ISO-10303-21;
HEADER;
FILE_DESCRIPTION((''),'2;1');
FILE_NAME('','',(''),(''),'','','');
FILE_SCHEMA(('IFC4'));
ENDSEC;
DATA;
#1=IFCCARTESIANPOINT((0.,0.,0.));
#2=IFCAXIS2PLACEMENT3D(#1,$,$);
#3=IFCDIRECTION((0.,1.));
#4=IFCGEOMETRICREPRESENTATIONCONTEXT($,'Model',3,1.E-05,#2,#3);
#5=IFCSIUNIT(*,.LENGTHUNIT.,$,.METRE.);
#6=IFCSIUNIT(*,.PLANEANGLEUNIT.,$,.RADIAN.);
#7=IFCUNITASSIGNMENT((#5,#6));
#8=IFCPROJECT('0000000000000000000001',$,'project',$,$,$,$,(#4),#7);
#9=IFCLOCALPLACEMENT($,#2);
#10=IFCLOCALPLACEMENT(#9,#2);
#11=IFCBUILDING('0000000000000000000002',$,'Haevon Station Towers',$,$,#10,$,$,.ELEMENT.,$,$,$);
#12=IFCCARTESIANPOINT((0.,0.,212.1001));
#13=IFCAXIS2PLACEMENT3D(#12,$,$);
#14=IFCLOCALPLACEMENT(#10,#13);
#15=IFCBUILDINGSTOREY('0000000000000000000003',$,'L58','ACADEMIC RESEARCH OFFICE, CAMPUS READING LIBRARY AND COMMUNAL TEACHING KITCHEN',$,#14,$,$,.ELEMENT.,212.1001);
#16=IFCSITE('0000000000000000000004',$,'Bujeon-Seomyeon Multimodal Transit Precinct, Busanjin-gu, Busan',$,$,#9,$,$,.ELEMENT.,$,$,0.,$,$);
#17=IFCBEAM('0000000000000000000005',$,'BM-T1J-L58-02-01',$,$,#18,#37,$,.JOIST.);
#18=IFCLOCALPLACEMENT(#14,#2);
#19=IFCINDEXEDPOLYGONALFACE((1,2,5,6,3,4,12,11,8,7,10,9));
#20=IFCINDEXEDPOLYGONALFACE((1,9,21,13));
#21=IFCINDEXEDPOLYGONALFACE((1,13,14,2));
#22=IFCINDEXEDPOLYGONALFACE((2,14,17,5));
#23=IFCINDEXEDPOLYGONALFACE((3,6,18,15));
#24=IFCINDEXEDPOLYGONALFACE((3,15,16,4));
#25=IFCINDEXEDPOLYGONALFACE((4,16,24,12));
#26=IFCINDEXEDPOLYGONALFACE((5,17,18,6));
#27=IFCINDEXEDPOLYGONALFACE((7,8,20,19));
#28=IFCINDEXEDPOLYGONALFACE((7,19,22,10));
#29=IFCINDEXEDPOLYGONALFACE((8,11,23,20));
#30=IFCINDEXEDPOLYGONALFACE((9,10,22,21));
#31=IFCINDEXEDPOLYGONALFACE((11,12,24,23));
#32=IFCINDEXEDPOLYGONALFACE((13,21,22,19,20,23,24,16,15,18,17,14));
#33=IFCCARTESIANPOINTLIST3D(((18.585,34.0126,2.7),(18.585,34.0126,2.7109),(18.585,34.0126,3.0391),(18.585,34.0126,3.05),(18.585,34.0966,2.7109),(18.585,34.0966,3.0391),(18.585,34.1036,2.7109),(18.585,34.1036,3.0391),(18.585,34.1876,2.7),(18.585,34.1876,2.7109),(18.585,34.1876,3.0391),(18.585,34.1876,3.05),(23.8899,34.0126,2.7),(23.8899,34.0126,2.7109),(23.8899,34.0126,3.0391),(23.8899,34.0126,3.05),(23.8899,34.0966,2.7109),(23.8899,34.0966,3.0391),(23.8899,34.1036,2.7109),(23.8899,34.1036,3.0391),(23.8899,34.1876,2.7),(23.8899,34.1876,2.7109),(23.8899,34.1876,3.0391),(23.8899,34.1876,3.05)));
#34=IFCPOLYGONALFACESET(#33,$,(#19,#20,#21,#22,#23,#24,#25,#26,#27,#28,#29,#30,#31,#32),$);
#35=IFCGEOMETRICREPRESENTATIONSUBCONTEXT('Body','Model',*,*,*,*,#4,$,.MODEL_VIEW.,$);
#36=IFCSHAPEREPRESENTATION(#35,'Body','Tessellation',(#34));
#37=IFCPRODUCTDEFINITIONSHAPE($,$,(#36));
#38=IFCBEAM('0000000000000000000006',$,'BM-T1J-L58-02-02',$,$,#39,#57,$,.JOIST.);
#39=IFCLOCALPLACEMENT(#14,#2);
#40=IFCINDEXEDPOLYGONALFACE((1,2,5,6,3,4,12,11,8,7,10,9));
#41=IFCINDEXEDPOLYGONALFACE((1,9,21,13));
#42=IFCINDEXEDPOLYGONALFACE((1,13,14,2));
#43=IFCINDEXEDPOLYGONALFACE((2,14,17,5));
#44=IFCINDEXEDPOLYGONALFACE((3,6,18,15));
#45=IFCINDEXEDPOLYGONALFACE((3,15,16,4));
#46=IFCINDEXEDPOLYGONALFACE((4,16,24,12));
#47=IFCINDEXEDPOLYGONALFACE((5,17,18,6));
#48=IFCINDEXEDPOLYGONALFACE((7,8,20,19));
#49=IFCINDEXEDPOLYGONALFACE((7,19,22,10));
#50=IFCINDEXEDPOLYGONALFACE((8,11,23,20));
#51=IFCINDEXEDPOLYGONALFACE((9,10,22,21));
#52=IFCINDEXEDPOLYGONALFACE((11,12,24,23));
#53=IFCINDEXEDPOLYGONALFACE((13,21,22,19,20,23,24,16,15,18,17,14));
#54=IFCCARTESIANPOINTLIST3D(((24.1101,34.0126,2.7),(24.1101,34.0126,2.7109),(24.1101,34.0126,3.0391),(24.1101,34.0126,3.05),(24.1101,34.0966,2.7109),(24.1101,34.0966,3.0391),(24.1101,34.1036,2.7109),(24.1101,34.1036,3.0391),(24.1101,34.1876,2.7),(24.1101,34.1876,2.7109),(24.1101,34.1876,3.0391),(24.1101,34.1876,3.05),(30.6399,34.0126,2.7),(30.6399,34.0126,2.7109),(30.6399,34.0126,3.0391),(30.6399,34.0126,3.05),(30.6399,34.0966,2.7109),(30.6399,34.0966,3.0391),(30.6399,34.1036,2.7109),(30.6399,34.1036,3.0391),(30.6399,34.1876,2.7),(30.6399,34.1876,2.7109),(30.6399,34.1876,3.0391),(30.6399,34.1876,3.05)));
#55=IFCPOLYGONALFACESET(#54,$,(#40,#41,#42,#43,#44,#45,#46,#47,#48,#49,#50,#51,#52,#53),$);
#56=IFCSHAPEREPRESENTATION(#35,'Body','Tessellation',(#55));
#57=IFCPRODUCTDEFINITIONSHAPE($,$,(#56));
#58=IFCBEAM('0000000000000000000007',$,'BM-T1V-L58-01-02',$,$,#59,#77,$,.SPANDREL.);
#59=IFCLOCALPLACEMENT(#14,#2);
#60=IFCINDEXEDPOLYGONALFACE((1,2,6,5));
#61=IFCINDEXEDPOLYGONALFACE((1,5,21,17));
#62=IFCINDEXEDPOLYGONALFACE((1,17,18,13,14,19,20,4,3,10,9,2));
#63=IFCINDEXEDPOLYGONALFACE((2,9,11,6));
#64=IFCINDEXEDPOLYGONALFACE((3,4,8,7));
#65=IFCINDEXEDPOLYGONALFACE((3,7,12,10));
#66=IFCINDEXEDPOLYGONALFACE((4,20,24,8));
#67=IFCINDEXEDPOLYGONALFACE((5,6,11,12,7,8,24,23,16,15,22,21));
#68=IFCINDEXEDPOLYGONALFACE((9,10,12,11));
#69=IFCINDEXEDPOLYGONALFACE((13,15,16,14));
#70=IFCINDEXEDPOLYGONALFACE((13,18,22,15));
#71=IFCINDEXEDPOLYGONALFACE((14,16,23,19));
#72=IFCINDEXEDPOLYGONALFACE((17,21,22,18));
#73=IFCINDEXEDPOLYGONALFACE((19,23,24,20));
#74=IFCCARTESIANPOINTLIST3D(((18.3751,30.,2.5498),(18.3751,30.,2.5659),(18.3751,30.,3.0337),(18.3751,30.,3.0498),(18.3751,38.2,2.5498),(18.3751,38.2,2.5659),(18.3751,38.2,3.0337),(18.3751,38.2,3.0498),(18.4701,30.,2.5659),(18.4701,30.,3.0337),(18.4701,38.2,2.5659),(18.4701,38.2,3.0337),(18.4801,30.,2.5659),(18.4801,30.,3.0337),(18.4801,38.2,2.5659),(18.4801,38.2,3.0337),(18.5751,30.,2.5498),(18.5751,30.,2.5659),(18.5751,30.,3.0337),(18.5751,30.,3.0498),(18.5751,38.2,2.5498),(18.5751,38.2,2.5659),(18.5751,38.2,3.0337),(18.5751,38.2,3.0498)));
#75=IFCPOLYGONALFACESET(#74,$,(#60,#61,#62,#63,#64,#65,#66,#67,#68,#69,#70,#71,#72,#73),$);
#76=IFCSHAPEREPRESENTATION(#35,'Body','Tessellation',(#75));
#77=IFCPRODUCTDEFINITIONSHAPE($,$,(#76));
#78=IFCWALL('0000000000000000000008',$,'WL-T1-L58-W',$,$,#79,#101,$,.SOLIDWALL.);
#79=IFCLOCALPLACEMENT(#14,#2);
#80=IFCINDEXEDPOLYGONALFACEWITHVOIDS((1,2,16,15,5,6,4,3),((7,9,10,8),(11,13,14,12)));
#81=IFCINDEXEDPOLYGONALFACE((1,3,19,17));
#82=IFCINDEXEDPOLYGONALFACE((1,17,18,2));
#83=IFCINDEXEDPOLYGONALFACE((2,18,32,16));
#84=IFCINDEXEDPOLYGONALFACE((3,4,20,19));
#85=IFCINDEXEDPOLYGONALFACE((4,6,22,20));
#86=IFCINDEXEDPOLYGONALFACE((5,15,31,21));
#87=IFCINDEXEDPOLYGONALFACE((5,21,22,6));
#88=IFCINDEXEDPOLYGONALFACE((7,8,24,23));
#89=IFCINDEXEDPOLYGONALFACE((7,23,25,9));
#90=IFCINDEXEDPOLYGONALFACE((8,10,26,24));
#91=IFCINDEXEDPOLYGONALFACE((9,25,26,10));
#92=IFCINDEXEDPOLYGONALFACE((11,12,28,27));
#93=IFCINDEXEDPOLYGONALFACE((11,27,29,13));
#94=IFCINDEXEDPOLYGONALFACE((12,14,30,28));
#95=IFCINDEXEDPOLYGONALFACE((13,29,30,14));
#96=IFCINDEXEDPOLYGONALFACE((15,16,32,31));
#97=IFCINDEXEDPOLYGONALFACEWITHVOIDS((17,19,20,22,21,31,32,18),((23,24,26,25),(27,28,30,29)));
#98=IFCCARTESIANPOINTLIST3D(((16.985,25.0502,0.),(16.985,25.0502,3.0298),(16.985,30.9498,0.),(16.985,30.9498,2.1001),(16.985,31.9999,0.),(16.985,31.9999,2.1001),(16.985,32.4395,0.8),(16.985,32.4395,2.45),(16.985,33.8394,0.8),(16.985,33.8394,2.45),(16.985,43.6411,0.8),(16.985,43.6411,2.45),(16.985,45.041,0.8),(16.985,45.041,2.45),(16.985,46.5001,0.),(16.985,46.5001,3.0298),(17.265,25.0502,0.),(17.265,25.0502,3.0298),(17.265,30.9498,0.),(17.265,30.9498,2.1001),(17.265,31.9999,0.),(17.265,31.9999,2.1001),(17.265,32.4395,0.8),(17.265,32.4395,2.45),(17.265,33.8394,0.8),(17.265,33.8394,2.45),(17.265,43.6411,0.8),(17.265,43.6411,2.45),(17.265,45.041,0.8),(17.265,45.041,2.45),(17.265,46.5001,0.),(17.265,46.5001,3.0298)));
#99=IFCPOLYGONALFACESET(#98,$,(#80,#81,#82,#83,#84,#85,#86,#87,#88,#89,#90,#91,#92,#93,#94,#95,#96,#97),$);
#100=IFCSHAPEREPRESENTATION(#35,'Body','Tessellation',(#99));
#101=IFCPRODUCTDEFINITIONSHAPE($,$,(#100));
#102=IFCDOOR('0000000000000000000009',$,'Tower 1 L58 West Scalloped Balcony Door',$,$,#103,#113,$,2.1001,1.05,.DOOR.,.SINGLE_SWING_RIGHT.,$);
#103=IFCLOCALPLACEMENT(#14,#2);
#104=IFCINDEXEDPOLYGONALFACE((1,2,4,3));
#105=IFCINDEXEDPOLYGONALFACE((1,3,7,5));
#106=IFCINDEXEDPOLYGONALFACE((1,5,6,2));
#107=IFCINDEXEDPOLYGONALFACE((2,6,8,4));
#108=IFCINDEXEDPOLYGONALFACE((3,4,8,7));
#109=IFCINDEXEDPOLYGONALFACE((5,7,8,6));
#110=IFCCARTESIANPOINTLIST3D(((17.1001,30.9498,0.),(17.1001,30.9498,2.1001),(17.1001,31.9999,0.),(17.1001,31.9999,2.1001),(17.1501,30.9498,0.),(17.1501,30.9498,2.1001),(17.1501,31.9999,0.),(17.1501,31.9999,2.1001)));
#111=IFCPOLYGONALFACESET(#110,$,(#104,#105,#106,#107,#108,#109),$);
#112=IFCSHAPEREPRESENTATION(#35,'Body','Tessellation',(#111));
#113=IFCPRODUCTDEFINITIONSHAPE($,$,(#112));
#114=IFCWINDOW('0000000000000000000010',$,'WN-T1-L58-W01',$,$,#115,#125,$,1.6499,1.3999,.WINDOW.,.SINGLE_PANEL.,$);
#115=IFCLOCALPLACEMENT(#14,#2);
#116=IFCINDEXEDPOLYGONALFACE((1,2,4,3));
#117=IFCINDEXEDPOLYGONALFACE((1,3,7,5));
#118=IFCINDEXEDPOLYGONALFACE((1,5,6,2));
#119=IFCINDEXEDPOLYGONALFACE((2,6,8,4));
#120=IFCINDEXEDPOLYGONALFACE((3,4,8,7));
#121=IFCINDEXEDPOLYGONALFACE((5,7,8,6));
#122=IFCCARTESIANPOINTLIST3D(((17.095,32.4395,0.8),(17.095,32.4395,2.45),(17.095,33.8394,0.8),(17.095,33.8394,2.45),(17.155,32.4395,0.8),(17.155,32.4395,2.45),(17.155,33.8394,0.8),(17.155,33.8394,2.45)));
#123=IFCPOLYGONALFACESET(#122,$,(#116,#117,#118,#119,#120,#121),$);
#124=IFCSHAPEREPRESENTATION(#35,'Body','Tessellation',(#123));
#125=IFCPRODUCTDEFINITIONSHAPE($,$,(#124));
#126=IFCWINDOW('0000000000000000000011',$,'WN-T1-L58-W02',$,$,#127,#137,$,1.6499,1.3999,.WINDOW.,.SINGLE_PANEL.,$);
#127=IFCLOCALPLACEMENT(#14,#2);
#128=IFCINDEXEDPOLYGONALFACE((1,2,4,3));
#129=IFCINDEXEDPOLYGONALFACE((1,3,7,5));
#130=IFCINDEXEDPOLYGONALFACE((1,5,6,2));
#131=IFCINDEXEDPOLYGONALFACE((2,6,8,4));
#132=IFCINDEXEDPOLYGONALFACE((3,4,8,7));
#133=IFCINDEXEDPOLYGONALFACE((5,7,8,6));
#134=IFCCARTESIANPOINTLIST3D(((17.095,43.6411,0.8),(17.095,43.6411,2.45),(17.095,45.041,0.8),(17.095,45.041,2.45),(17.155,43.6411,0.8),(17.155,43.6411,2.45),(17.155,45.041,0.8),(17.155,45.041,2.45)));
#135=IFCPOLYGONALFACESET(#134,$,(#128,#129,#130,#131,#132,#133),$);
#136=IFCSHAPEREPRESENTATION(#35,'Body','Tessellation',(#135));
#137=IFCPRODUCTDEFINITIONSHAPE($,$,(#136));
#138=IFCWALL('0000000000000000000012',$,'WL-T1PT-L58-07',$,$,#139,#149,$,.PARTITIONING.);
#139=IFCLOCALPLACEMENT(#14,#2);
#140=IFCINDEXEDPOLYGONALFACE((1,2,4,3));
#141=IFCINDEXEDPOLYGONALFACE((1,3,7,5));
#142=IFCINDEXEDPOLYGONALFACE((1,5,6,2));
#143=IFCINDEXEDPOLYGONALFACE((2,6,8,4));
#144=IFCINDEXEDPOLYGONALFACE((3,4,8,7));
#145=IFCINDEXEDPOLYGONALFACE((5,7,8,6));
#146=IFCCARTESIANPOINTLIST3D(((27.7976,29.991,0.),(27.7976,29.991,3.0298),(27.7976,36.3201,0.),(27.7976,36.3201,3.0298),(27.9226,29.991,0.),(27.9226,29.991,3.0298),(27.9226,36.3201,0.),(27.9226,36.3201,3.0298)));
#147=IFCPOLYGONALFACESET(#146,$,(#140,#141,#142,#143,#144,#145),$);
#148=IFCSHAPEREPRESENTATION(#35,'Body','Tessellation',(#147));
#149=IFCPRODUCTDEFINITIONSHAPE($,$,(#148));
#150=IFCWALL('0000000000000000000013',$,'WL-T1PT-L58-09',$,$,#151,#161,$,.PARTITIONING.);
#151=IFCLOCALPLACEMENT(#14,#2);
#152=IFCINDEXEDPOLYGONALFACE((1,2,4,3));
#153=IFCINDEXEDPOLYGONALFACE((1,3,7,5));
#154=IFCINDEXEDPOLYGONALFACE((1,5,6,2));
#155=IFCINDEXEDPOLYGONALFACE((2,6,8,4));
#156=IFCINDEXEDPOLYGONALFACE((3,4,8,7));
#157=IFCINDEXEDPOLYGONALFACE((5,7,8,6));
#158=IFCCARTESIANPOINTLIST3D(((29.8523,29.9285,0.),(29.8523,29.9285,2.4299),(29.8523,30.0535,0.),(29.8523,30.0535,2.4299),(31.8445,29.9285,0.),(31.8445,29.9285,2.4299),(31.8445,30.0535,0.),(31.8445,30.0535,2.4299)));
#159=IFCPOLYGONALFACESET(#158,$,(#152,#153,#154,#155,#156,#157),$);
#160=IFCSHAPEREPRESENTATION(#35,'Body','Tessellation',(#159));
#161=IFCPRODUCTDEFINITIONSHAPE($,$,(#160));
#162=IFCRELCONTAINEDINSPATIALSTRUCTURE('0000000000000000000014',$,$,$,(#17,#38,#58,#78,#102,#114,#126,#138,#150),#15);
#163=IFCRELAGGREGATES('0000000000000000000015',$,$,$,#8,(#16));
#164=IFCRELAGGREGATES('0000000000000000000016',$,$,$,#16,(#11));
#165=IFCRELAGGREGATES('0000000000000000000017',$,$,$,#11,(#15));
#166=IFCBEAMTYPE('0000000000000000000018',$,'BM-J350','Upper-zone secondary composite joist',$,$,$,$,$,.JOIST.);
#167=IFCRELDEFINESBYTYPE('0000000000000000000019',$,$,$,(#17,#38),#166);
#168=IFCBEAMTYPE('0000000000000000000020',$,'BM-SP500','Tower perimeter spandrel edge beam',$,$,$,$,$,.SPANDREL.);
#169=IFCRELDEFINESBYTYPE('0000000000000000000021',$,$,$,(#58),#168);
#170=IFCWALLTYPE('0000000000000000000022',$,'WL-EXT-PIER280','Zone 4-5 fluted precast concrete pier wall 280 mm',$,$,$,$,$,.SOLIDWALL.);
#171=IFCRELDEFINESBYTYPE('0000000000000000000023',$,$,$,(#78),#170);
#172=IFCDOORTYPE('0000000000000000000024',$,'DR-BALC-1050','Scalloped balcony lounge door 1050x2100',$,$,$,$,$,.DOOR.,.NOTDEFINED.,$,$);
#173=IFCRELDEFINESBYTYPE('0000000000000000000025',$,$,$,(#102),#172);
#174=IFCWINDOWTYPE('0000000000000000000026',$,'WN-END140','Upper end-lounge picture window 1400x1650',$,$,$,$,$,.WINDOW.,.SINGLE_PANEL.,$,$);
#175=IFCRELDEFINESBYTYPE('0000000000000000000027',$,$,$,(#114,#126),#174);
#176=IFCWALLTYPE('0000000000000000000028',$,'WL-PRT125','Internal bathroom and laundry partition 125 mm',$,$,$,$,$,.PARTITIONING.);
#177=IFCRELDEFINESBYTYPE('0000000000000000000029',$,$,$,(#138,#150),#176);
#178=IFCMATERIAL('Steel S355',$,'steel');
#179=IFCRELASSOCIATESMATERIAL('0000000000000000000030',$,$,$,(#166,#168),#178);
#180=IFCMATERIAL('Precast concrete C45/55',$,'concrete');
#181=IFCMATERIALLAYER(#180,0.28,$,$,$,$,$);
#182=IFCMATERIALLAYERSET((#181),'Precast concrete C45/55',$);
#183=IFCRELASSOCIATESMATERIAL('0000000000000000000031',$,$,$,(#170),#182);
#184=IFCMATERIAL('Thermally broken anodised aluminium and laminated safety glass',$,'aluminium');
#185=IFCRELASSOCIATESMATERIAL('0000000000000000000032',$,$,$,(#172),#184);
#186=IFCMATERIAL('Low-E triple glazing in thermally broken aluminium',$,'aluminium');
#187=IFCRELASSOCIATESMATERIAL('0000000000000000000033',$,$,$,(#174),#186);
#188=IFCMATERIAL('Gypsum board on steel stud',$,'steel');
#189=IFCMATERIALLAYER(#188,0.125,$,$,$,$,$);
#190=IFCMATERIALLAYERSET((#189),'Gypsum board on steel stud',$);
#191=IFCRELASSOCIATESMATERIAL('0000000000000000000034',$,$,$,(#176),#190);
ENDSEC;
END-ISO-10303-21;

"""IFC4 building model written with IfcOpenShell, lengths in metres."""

from ifc_helpers import new_model, si_unit, direction, frame, frame_2d, origin, origin_2d, place, context, subcontext, project, spatial, rectangle, i_section, extrude, material, layer, layer_set, material_profile, profile_set, type_object, element, fill, save


model = new_model("IFC4")

# Units and contexts
model_context = context("Model", 3, precision=1e-05, world=origin(), true_north=direction((0.0, 1.0)))
body_context = subcontext(model_context, "Body", "Model", "MODEL_VIEW")
ifc_project = project(units=[si_unit("LENGTHUNIT", "METRE"), si_unit("PLANEANGLEUNIT", "RADIAN")], contexts=[model_context])

# Site, building, storey
site_placement = place(None, origin())
site = spatial("IfcSite", under=ifc_project, at=site_placement, Name="Bujeon-Seomyeon Multimodal Transit Precinct, Busanjin-gu, Busan", CompositionType="ELEMENT", RefElevation=0.0)
building_placement = place(site_placement, origin())
building = spatial("IfcBuilding", under=site, at=building_placement, Name="Haevon Station Towers", CompositionType="ELEMENT")
storey_placement = place(building_placement, frame((0.0, 0.0, 212.1001)))
storey = spatial("IfcBuildingStorey", under=building, at=storey_placement, Name="L58", Description="ACADEMIC RESEARCH OFFICE, CAMPUS READING LIBRARY AND COMMUNAL TEACHING KITCHEN", CompositionType="ELEMENT", Elevation=212.1001)

# Shared definitions
ifc_material_1 = material(Name="Steel S355", Category="steel")

# Beams
ifc_material_profile_1 = material_profile(ifc_material_1, i_section(OverallWidth=0.175, OverallDepth=0.3501, WebThickness=0.0071, FlangeThickness=0.011, at=origin_2d()), Name="H-350x175x7x11")
ifc_profile_set_1 = profile_set([ifc_material_profile_1], Name="Steel S355")
beam_type_1 = type_object("IfcBeamType", Name="BM-J350", Description="Upper-zone secondary composite joist", PredefinedType="JOIST", material=ifc_profile_set_1)
beam_1_placement = place(storey_placement, frame((18.585, 34.1001, 2.875), z_axis=(1.0, 0.0, 0.0), x_axis=(0.0, 1.0, 0.0)))
element("IfcBeam", 1, at=beam_1_placement, inside=storey, type_object=beam_type_1, Name="BM-T1J-L58-02-01", PredefinedType="JOIST", context=body_context, shape_type="SweptSolid", body=[
    extrude(i_section(OverallWidth=0.175, OverallDepth=0.3501, WebThickness=0.0071, FlangeThickness=0.011, at=origin_2d()), origin(), (0.0, 0.0, 1.0), 5.3049),
])
beam_2_placement = place(storey_placement, frame((24.1101, 34.1001, 2.875), z_axis=(1.0, 0.0, 0.0), x_axis=(0.0, 1.0, 0.0)))
element("IfcBeam", 2, at=beam_2_placement, inside=storey, type_object=beam_type_1, Name="BM-T1J-L58-02-02", PredefinedType="JOIST", context=body_context, shape_type="SweptSolid", body=[
    extrude(i_section(OverallWidth=0.175, OverallDepth=0.3501, WebThickness=0.0071, FlangeThickness=0.011, at=origin_2d()), origin(), (0.0, 0.0, 1.0), 6.5298),
])
ifc_material_profile_2 = material_profile(ifc_material_1, i_section(OverallWidth=0.2, OverallDepth=0.5, WebThickness=0.01, FlangeThickness=0.0161, at=origin_2d()), Name="H-500x200x10x16")
ifc_profile_set_2 = profile_set([ifc_material_profile_2], Name="Steel S355")
beam_type_2 = type_object("IfcBeamType", Name="BM-SP500", Description="Tower perimeter spandrel edge beam", PredefinedType="SPANDREL", material=ifc_profile_set_2)
beam_3_placement = place(storey_placement, frame((18.4751, 30.0, 2.7998), z_axis=(0.0, 1.0, 0.0), x_axis=(-1.0, 0.0, 0.0)))
element("IfcBeam", 3, at=beam_3_placement, inside=storey, type_object=beam_type_2, Name="BM-T1V-L58-01-02", PredefinedType="SPANDREL", context=body_context, shape_type="SweptSolid", body=[
    extrude(i_section(OverallWidth=0.2, OverallDepth=0.5, WebThickness=0.01, FlangeThickness=0.0161, at=origin_2d()), origin(), (0.0, 0.0, 1.0), 8.2),
])

# Wall, openings, door, windows
ifc_material_2 = material(Name="Precast concrete C45/55", Category="concrete")
ifc_layer_1 = layer(ifc_material_2, 0.28)
ifc_layer_set_1 = layer_set([ifc_layer_1], Name="Precast concrete C45/55")
wall_type_1 = type_object("IfcWallType", Name="WL-EXT-PIER280", Description="Zone 4-5 fluted precast concrete pier wall 280 mm", PredefinedType="SOLIDWALL", material=ifc_layer_set_1)
wall_1_placement = place(storey_placement, frame((17.125, 25.05, 0.0), z_axis=(0.0, 0.0, 1.0), x_axis=(0.0, 1.0, 0.0)))
wall_1 = element("IfcWall", 4, at=wall_1_placement, inside=storey, type_object=wall_type_1, Name="WL-T1-L58-W", PredefinedType="SOLIDWALL", context=body_context, shape_type="SweptSolid", body=[
    extrude(rectangle(XDim=21.45, YDim=0.28, at=frame_2d((10.7251, 0.0))), origin(), (0.0, 0.0, 1.0), 3.0298),
])
opening_1_placement = place(wall_1_placement, frame((5.8999, 0.0, 0.0)))
opening_1 = element("IfcOpeningElement", 5, at=opening_1_placement, cuts=wall_1, PredefinedType="OPENING", context=body_context, shape_type="SweptSolid", body=[
    extrude(rectangle(XDim=1.05, YDim=2.1001, at=frame_2d((0.5249, 1.05))), frame((0.0, 0.1499, 0.0), z_axis=(0.0, -1.0, 0.0), x_axis=(1.0, 0.0, 0.0)), (0.0, 0.0, 1.0), 0.3),
])
opening_2_placement = place(wall_1_placement, frame((7.3894, 0.0, 0.8)))
opening_2 = element("IfcOpeningElement", 6, at=opening_2_placement, cuts=wall_1, PredefinedType="OPENING", context=body_context, shape_type="SweptSolid", body=[
    extrude(rectangle(XDim=1.3999, YDim=1.6499, at=frame_2d((0.7, 0.825))), frame((0.0, 0.1499, 0.0), z_axis=(0.0, -1.0, 0.0), x_axis=(1.0, 0.0, 0.0)), (0.0, 0.0, 1.0), 0.3),
])
opening_3_placement = place(wall_1_placement, frame((18.5911, 0.0, 0.8)))
opening_3 = element("IfcOpeningElement", 7, at=opening_3_placement, cuts=wall_1, PredefinedType="OPENING", context=body_context, shape_type="SweptSolid", body=[
    extrude(rectangle(XDim=1.3999, YDim=1.6499, at=frame_2d((0.7, 0.825))), frame((0.0, 0.1499, 0.0), z_axis=(0.0, -1.0, 0.0), x_axis=(1.0, 0.0, 0.0)), (0.0, 0.0, 1.0), 0.3),
])
ifc_material_3 = material(Name="Thermally broken anodised aluminium and laminated safety glass", Category="aluminium")
door_type = type_object("IfcDoorType", Name="DR-BALC-1050", Description="Scalloped balcony lounge door 1050x2100", OperationType="NOTDEFINED", PredefinedType="DOOR", material=ifc_material_3)
door_placement = place(opening_1_placement, origin())
door = element("IfcDoor", 8, at=door_placement, inside=storey, type_object=door_type, Name="Tower 1 L58 West Scalloped Balcony Door", OperationType="SINGLE_SWING_RIGHT", OverallHeight=2.1001, OverallWidth=1.05, PredefinedType="DOOR", context=body_context, shape_type="SweptSolid", body=[
    extrude(rectangle(XDim=1.05, YDim=2.1001, at=frame_2d((0.5249, 1.05))), frame((0.0, 0.0249, 0.0), z_axis=(0.0, -1.0, 0.0), x_axis=(1.0, 0.0, 0.0)), (0.0, 0.0, 1.0), 0.05),
])
fill(opening_1, door)
ifc_material_4 = material(Name="Low-E triple glazing in thermally broken aluminium", Category="aluminium")
window_type = type_object("IfcWindowType", Name="WN-END140", Description="Upper end-lounge picture window 1400x1650", PartitioningType="SINGLE_PANEL", PredefinedType="WINDOW", material=ifc_material_4)
window_1_placement = place(opening_2_placement, origin())
window_1 = element("IfcWindow", 9, at=window_1_placement, inside=storey, type_object=window_type, Name="WN-T1-L58-W01", OverallHeight=1.6499, OverallWidth=1.3999, PartitioningType="SINGLE_PANEL", PredefinedType="WINDOW", context=body_context, shape_type="SweptSolid", body=[
    extrude(rectangle(XDim=1.3999, YDim=1.6499, at=frame_2d((0.7, 0.825))), frame((0.0, 0.03, 0.0), z_axis=(0.0, -1.0, 0.0), x_axis=(1.0, 0.0, 0.0)), (0.0, 0.0, 1.0), 0.0601),
])
fill(opening_2, window_1)
window_2_placement = place(opening_3_placement, origin())
window_2 = element("IfcWindow", 10, at=window_2_placement, inside=storey, type_object=window_type, Name="WN-T1-L58-W02", OverallHeight=1.6499, OverallWidth=1.3999, PartitioningType="SINGLE_PANEL", PredefinedType="WINDOW", context=body_context, shape_type="SweptSolid", body=[
    extrude(rectangle(XDim=1.3999, YDim=1.6499, at=frame_2d((0.7, 0.825))), frame((0.0, 0.03, 0.0), z_axis=(0.0, -1.0, 0.0), x_axis=(1.0, 0.0, 0.0)), (0.0, 0.0, 1.0), 0.0601),
])
fill(opening_3, window_2)

# Walls
ifc_material_5 = material(Name="Gypsum board on steel stud", Category="steel")
ifc_layer_2 = layer(ifc_material_5, 0.125)
ifc_layer_set_2 = layer_set([ifc_layer_2], Name="Gypsum board on steel stud")
wall_type_2 = type_object("IfcWallType", Name="WL-PRT125", Description="Internal bathroom and laundry partition 125 mm", PredefinedType="PARTITIONING", material=ifc_layer_set_2)
wall_2_placement = place(storey_placement, frame((27.8601, 29.991, 0.0), z_axis=(0.0, 0.0, 1.0), x_axis=(0.0, 1.0, 0.0)))
element("IfcWall", 11, at=wall_2_placement, inside=storey, type_object=wall_type_2, Name="WL-T1PT-L58-07", PredefinedType="PARTITIONING", context=body_context, shape_type="SweptSolid", body=[
    extrude(rectangle(XDim=6.3291, YDim=0.125, at=frame_2d((3.1646, 0.0))), origin(), (0.0, 0.0, 1.0), 3.0298),
])
wall_3_placement = place(storey_placement, frame((29.8523, 29.991, 0.0), z_axis=(0.0, 0.0, 1.0), x_axis=(1.0, 0.0, 0.0)))
element("IfcWall", 12, at=wall_3_placement, inside=storey, type_object=wall_type_2, Name="WL-T1PT-L58-09", PredefinedType="PARTITIONING", context=body_context, shape_type="SweptSolid", body=[
    extrude(rectangle(XDim=1.9922, YDim=0.125, at=frame_2d((0.9961, 0.0))), origin(), (0.0, 0.0, 1.0), 2.4299),
])

save(model, "model.ifc")
